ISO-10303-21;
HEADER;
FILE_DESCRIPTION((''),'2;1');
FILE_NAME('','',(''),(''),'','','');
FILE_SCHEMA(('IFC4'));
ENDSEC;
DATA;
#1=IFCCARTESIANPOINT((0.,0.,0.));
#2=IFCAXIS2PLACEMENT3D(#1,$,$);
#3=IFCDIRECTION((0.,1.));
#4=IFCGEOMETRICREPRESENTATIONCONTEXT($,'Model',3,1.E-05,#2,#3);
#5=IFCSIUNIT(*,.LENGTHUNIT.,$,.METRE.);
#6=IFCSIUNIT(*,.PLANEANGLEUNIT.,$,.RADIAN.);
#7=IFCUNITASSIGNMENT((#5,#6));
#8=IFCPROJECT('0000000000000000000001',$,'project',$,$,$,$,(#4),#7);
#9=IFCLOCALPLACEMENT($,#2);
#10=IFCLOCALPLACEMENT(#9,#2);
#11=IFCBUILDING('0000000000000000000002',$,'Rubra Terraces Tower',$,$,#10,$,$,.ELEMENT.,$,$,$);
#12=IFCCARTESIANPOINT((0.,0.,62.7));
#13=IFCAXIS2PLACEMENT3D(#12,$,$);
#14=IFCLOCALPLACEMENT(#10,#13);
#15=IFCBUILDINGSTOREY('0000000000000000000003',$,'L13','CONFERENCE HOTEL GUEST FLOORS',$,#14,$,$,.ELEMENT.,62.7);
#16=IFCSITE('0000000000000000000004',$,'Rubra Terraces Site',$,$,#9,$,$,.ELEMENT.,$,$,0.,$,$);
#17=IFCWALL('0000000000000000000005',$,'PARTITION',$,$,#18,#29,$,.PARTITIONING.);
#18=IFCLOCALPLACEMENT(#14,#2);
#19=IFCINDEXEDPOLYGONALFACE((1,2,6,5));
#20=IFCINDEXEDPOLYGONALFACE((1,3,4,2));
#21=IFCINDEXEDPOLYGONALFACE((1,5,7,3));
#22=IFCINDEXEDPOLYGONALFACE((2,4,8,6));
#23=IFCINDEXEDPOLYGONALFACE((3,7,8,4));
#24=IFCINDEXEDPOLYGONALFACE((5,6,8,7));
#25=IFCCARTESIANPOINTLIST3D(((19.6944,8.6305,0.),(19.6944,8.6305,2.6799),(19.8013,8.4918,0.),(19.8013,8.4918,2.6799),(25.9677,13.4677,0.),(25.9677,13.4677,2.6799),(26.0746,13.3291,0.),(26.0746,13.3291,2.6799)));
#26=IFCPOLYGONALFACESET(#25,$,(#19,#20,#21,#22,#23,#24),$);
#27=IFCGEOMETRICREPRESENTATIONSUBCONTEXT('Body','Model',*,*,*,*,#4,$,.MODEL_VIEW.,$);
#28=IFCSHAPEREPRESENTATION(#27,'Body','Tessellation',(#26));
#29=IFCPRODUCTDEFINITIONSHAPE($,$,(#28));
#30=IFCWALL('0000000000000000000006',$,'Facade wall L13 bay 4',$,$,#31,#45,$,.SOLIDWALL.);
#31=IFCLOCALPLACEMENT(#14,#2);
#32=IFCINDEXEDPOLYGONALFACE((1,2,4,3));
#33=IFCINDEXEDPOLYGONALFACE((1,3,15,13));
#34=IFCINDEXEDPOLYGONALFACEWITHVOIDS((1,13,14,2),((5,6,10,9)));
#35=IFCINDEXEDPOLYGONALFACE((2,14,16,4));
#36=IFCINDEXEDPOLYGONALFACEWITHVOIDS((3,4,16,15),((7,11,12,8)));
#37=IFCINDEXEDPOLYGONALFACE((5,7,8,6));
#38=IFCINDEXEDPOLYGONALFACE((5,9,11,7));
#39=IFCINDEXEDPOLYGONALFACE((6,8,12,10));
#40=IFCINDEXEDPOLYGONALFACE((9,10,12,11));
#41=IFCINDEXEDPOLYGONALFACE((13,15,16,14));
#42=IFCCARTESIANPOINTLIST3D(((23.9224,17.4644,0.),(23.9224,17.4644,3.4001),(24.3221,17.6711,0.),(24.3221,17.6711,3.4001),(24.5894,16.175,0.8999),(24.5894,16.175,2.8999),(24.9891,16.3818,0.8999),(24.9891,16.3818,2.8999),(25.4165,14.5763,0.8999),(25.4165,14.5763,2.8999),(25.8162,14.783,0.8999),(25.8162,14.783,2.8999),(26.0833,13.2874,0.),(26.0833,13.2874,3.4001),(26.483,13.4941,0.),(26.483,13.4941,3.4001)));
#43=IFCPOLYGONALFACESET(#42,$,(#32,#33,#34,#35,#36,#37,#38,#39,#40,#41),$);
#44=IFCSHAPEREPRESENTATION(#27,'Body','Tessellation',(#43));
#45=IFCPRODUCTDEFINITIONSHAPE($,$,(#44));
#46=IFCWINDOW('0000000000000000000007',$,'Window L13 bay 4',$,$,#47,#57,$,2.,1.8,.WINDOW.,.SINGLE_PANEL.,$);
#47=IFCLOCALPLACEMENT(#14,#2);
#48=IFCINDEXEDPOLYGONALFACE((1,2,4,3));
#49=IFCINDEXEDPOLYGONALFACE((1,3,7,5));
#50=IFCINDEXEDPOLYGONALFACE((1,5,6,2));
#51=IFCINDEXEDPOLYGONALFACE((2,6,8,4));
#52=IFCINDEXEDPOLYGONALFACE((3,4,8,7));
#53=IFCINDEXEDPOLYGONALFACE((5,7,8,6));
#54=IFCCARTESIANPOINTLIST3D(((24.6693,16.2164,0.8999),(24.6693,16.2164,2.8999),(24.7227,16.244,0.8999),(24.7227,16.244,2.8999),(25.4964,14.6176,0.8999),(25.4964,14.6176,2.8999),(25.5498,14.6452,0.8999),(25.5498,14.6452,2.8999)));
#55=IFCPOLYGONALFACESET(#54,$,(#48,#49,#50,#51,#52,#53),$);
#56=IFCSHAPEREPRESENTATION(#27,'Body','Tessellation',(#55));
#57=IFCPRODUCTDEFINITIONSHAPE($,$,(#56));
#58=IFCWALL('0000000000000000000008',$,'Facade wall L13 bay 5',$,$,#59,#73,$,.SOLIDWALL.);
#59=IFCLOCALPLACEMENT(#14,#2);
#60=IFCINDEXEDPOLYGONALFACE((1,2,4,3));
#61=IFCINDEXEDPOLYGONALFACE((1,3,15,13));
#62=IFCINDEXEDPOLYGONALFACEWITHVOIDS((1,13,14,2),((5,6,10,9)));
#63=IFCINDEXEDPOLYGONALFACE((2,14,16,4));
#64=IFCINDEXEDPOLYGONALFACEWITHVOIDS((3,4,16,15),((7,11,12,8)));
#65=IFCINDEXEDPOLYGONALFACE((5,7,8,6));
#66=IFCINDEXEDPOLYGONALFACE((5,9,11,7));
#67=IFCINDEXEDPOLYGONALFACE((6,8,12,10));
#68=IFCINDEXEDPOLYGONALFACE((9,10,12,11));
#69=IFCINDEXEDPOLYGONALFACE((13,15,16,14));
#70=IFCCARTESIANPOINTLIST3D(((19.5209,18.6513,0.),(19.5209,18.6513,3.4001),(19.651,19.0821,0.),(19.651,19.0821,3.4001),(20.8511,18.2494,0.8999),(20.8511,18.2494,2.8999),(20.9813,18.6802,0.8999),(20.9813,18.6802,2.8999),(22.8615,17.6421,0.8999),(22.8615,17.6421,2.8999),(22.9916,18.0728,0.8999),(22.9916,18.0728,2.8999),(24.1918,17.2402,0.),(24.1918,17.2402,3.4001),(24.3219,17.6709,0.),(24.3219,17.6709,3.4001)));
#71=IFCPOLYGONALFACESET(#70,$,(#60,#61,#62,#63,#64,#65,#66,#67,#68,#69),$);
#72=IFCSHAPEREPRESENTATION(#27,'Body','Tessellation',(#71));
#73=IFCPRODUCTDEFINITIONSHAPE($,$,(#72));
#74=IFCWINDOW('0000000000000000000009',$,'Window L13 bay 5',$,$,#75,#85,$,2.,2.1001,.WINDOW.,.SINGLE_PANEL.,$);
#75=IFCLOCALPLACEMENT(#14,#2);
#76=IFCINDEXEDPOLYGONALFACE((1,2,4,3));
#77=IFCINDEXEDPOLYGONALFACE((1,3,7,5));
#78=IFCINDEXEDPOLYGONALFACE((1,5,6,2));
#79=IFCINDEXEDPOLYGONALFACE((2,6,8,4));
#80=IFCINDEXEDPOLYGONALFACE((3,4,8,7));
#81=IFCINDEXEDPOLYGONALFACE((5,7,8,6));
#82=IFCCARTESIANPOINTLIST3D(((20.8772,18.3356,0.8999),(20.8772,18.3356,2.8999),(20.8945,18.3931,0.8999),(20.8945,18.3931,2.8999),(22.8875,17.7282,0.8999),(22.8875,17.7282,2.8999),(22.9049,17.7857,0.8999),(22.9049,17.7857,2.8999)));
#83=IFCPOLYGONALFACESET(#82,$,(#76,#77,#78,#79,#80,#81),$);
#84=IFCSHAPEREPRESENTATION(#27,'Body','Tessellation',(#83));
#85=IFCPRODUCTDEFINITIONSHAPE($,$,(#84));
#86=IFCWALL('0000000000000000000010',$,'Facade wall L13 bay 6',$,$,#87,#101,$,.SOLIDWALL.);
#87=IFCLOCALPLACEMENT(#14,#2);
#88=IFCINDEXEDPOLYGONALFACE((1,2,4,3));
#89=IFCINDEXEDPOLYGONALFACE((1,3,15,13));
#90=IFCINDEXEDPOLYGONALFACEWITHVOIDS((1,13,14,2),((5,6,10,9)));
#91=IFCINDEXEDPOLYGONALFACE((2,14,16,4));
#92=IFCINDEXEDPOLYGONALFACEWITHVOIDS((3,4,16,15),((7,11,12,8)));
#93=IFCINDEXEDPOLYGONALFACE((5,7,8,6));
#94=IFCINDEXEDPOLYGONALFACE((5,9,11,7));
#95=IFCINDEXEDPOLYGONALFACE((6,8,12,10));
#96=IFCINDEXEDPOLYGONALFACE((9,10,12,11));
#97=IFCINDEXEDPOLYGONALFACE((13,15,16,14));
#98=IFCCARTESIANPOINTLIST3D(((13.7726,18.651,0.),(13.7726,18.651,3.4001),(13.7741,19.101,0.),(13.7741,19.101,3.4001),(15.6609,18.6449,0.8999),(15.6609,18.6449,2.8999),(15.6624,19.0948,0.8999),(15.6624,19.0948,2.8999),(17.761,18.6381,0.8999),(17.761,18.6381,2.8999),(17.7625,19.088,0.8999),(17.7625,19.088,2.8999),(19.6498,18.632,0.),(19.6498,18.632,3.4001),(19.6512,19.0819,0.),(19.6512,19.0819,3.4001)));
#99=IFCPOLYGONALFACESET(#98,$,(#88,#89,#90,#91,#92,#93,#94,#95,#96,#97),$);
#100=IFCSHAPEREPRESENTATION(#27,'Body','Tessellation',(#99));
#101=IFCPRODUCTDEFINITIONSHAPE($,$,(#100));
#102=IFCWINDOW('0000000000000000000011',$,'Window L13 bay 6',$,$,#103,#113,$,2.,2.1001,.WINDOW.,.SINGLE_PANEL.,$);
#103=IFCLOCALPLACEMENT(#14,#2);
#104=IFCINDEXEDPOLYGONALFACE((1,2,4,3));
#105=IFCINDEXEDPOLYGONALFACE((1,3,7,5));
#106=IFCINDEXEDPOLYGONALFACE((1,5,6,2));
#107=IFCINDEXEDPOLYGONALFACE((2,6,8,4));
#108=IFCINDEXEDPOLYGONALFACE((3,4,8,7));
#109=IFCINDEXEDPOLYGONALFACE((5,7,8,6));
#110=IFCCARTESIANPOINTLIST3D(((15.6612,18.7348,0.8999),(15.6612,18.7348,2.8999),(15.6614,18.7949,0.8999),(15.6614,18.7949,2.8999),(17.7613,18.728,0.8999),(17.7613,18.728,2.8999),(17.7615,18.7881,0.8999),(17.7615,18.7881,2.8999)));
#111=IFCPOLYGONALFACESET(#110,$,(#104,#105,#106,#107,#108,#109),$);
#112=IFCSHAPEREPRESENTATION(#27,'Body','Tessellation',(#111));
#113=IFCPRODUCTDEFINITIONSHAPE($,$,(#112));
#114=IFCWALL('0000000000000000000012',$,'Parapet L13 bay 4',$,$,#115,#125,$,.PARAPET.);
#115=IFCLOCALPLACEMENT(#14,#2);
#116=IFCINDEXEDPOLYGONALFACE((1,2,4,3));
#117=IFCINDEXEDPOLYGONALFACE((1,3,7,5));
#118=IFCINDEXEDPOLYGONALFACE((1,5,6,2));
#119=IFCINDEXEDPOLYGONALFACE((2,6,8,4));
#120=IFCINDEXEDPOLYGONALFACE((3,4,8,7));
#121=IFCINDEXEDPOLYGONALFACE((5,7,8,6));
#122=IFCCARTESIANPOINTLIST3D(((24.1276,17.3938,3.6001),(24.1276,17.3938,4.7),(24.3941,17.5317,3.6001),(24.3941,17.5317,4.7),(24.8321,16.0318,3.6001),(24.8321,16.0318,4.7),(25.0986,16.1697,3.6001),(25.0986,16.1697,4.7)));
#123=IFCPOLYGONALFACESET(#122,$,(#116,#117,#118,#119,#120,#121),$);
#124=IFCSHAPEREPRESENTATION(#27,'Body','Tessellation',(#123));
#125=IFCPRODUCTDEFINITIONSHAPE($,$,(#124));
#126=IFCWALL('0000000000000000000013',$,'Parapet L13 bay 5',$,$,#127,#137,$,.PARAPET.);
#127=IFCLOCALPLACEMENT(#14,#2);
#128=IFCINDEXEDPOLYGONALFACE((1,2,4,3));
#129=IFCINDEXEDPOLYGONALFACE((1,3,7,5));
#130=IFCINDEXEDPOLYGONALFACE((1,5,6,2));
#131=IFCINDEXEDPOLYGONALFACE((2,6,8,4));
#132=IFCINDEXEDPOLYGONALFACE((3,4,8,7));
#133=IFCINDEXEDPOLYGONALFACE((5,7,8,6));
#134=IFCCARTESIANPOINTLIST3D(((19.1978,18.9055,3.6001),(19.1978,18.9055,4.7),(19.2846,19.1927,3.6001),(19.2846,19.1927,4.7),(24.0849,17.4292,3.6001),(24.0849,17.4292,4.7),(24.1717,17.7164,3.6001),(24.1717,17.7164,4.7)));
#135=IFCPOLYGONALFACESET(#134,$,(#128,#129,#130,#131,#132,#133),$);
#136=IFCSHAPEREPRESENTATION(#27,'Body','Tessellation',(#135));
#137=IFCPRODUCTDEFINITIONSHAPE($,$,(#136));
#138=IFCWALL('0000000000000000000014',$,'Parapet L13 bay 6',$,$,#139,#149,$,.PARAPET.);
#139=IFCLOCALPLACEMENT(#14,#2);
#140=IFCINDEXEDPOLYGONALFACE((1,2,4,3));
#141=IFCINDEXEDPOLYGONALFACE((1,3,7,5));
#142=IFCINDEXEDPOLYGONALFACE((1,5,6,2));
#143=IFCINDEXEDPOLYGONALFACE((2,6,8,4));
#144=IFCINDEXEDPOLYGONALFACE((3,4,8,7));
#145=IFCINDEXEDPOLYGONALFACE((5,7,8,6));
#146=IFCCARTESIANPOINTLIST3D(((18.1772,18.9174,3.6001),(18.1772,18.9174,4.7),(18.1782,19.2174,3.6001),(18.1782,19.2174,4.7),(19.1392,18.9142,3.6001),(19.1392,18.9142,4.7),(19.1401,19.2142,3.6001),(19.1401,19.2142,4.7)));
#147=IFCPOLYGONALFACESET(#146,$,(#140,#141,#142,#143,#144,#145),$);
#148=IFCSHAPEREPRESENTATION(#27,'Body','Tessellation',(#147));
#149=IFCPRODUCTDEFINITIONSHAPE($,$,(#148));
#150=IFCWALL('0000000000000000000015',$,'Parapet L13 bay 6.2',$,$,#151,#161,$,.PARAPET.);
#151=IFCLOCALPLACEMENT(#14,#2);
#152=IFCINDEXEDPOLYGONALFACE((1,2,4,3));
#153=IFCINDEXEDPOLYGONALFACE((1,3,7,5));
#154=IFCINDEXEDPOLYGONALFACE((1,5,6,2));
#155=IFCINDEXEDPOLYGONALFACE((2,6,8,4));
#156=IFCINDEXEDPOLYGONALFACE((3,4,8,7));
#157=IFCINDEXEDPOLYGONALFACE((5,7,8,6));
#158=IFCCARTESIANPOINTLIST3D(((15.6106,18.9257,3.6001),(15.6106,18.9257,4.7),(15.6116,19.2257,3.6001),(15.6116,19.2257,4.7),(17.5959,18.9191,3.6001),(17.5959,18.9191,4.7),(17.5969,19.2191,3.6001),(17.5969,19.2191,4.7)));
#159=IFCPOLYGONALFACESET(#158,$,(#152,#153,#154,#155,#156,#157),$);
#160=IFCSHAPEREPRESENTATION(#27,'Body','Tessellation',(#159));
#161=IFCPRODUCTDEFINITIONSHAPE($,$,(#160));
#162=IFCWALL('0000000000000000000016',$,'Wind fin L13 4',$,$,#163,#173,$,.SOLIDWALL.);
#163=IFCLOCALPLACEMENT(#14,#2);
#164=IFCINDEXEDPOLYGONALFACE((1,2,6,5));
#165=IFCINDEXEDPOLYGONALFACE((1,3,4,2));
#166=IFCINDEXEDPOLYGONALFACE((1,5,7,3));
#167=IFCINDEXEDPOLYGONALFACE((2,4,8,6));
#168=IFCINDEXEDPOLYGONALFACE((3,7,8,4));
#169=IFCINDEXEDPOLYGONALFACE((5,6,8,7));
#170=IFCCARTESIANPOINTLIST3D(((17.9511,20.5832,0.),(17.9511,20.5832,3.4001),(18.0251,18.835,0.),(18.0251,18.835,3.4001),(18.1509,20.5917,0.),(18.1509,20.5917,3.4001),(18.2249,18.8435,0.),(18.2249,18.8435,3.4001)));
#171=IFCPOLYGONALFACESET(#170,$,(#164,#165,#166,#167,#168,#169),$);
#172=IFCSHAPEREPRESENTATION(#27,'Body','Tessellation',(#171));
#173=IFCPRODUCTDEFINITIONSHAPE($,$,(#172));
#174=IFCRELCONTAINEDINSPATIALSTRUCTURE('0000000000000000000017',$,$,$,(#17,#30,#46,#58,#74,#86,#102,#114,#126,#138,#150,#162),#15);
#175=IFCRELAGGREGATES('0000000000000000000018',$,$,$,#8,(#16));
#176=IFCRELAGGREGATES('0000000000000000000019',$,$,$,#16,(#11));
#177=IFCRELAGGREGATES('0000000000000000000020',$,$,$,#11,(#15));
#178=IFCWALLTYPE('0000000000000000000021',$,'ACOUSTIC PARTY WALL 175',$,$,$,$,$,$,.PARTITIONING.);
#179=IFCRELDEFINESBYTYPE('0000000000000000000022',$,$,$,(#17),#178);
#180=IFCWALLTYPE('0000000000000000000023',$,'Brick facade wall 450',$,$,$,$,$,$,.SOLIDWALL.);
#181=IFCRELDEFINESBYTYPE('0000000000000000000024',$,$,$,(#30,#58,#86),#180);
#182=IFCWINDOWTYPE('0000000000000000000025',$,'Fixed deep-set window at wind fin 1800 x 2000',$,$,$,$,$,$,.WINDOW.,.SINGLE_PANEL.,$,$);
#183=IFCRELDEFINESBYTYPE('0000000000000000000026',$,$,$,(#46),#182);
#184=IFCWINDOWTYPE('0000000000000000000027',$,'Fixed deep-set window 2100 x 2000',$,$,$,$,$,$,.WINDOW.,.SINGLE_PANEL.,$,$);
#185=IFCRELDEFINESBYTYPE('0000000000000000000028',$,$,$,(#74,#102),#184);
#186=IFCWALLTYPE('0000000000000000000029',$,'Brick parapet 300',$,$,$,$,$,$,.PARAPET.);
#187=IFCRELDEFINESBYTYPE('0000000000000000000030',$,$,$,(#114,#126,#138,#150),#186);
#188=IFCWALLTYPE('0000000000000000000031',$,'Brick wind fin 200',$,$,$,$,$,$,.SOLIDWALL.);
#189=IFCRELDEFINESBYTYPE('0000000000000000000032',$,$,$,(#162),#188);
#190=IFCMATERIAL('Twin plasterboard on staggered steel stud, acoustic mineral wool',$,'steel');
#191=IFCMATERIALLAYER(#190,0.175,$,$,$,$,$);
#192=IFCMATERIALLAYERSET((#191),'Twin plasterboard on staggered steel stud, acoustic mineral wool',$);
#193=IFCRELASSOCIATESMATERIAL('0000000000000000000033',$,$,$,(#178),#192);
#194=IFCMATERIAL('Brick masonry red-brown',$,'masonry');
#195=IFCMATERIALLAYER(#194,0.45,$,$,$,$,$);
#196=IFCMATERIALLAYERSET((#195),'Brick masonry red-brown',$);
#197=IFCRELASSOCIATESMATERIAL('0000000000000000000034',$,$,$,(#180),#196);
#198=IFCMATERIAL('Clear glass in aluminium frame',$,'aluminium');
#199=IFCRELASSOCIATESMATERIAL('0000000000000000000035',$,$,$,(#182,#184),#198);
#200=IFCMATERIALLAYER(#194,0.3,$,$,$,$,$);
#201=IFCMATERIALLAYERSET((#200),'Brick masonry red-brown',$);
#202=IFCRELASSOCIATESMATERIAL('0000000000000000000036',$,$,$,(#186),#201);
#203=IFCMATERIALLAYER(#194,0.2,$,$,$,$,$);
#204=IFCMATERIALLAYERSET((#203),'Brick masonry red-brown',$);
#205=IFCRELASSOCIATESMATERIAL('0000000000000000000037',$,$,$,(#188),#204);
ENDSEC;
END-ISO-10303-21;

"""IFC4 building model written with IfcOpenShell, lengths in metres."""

from ifc_helpers import new_model, si_unit, direction, frame, frame_2d, origin, place, context, subcontext, project, spatial, rectangle, extrude, material, layer, layer_set, type_object, element, fill, save


model = new_model("IFC4")

# Units and contexts
model_context = context("Model", 3, precision=1e-05, world=origin(), true_north=direction((0.0, 1.0)))
body_context = subcontext(model_context, "Body", "Model", "MODEL_VIEW")
ifc_project = project(units=[si_unit("LENGTHUNIT", "METRE"), si_unit("PLANEANGLEUNIT", "RADIAN")], contexts=[model_context])

# Site, building, storey
site_placement = place(None, origin())
site = spatial("IfcSite", under=ifc_project, at=site_placement, Name="Rubra Terraces Site", CompositionType="ELEMENT", RefElevation=0.0)
building_placement = place(site_placement, origin())
building = spatial("IfcBuilding", under=site, at=building_placement, Name="Rubra Terraces Tower", CompositionType="ELEMENT")
storey_placement = place(building_placement, frame((0.0, 0.0, 62.7)))
storey = spatial("IfcBuildingStorey", under=building, at=storey_placement, Name="L13", Description="CONFERENCE HOTEL GUEST FLOORS", CompositionType="ELEMENT", Elevation=62.7)

# Wall
ifc_material_1 = material(Name="Twin plasterboard on staggered steel stud, acoustic mineral wool", Category="steel")
ifc_layer_1 = layer(ifc_material_1, 0.175)
ifc_layer_set_1 = layer_set([ifc_layer_1], Name="Twin plasterboard on staggered steel stud, acoustic mineral wool")
wall_type_1 = type_object("IfcWallType", Name="ACOUSTIC PARTY WALL 175", PredefinedType="PARTITIONING", material=ifc_layer_set_1)
wall_1_placement = place(storey_placement, frame((26.0212, 13.3984, 0.0), z_axis=(0.0, 0.0, 1.0), x_axis=(-0.791914, -0.610632, 0.0)))
element("IfcWall", 1, at=wall_1_placement, inside=storey, type_object=wall_type_1, Name="PARTITION", PredefinedType="PARTITIONING", context=body_context, shape_type="SweptSolid", body=[
    extrude(rectangle(XDim=7.9216, YDim=0.175, at=frame_2d((3.9609, 0.0))), origin(), (0.0, 0.0, 1.0), 2.6799),
])

# Walls, openings, windows
ifc_material_2 = material(Name="Brick masonry red-brown", Category="masonry")
ifc_layer_2 = layer(ifc_material_2, 0.45)
ifc_layer_set_2 = layer_set([ifc_layer_2], Name="Brick masonry red-brown")
wall_type_2 = type_object("IfcWallType", Name="Brick facade wall 450", PredefinedType="SOLIDWALL", material=ifc_layer_set_2)
wall_2_placement = place(storey_placement, frame((26.2832, 13.3906, 0.0), z_axis=(0.0, 0.0, 1.0), x_axis=(-0.459485, 0.888185, 0.0)))
wall_2 = element("IfcWall", 2, at=wall_2_placement, inside=storey, type_object=wall_type_2, Name="Facade wall L13 bay 4", PredefinedType="SOLIDWALL", context=body_context, shape_type="SweptSolid", body=[
    extrude(rectangle(XDim=4.7029, YDim=0.45, at=frame_2d((2.3516, 0.0))), origin(), (0.0, 0.0, 1.0), 3.4001),
])
opening_1_placement = place(wall_2_placement, frame((1.4514, 0.0, 0.8999)))
opening_1 = element("IfcOpeningElement", 3, at=opening_1_placement, cuts=wall_2, PredefinedType="OPENING", context=body_context, shape_type="SweptSolid", body=[
    extrude(rectangle(XDim=1.8, YDim=2.0, at=frame_2d((0.8999, 1.0))), frame((0.0, 0.2349, 0.0), z_axis=(0.0, -1.0, 0.0), x_axis=(1.0, 0.0, 0.0)), (0.0, 0.0, 1.0), 0.47),
])
ifc_material_3 = material(Name="Clear glass in aluminium frame", Category="aluminium")
window_type_1 = type_object("IfcWindowType", Name="Fixed deep-set window at wind fin 1800 x 2000", PartitioningType="SINGLE_PANEL", PredefinedType="WINDOW", material=ifc_material_3)
window_1_placement = place(opening_1_placement, origin())
window_1 = element("IfcWindow", 4, at=window_1_placement, inside=storey, type_object=window_type_1, Name="Window L13 bay 4", OverallHeight=2.0, OverallWidth=1.8, PartitioningType="SINGLE_PANEL", PredefinedType="WINDOW", context=body_context, shape_type="SweptSolid", body=[
    extrude(rectangle(XDim=1.8, YDim=2.0, at=frame_2d((0.8999, 1.0))), frame((0.0, 0.135, 0.0), z_axis=(0.0, -1.0, 0.0), x_axis=(1.0, 0.0, 0.0)), (0.0, 0.0, 1.0), 0.0601),
])
fill(opening_1, window_1)
wall_3_placement = place(storey_placement, frame((24.2568, 17.4556, 0.0), z_axis=(0.0, 0.0, 1.0), x_axis=(-0.957268, 0.289202, 0.0)))
wall_3 = element("IfcWall", 5, at=wall_3_placement, inside=storey, type_object=wall_type_2, Name="Facade wall L13 bay 5", PredefinedType="SOLIDWALL", context=body_context, shape_type="SweptSolid", body=[
    extrude(rectangle(XDim=4.8794, YDim=0.45, at=frame_2d((2.4397, 0.0))), origin(), (0.0, 0.0, 1.0), 3.4001),
])
opening_2_placement = place(wall_3_placement, frame((1.3896, 0.0, 0.8999)))
opening_2 = element("IfcOpeningElement", 6, at=opening_2_placement, cuts=wall_3, PredefinedType="OPENING", context=body_context, shape_type="SweptSolid", body=[
    extrude(rectangle(XDim=2.1001, YDim=2.0, at=frame_2d((1.05, 1.0))), frame((0.0, 0.2349, 0.0), z_axis=(0.0, -1.0, 0.0), x_axis=(1.0, 0.0, 0.0)), (0.0, 0.0, 1.0), 0.47),
])
window_type_2 = type_object("IfcWindowType", Name="Fixed deep-set window 2100 x 2000", PartitioningType="SINGLE_PANEL", PredefinedType="WINDOW", material=ifc_material_3)
window_2_placement = place(opening_2_placement, origin())
window_2 = element("IfcWindow", 7, at=window_2_placement, inside=storey, type_object=window_type_2, Name="Window L13 bay 5", OverallHeight=2.0, OverallWidth=2.1001, PartitioningType="SINGLE_PANEL", PredefinedType="WINDOW", context=body_context, shape_type="SweptSolid", body=[
    extrude(rectangle(XDim=2.1001, YDim=2.0, at=frame_2d((1.05, 1.0))), frame((0.0, 0.135, 0.0), z_axis=(0.0, -1.0, 0.0), x_axis=(1.0, 0.0, 0.0)), (0.0, 0.0, 1.0), 0.0601),
])
fill(opening_2, window_2)
wall_4_placement = place(storey_placement, frame((19.6504, 18.8569, 0.0), z_axis=(0.0, 0.0, 1.0), x_axis=(-0.999995, 0.00324, 0.0)))
wall_4 = element("IfcWall", 8, at=wall_4_placement, inside=storey, type_object=wall_type_2, Name="Facade wall L13 bay 6", PredefinedType="SOLIDWALL", context=body_context, shape_type="SweptSolid", body=[
    extrude(rectangle(XDim=5.8772, YDim=0.45, at=frame_2d((2.9385, 0.0))), origin(), (0.0, 0.0, 1.0), 3.4001),
])
opening_3_placement = place(wall_4_placement, frame((1.8887, 0.0, 0.8999)))
opening_3 = element("IfcOpeningElement", 9, at=opening_3_placement, cuts=wall_4, PredefinedType="OPENING", context=body_context, shape_type="SweptSolid", body=[
    extrude(rectangle(XDim=2.1001, YDim=2.0, at=frame_2d((1.05, 1.0))), frame((0.0, 0.2349, 0.0), z_axis=(0.0, -1.0, 0.0), x_axis=(1.0, 0.0, 0.0)), (0.0, 0.0, 1.0), 0.47),
])
window_3_placement = place(opening_3_placement, origin())
window_3 = element("IfcWindow", 10, at=window_3_placement, inside=storey, type_object=window_type_2, Name="Window L13 bay 6", OverallHeight=2.0, OverallWidth=2.1001, PartitioningType="SINGLE_PANEL", PredefinedType="WINDOW", context=body_context, shape_type="SweptSolid", body=[
    extrude(rectangle(XDim=2.1001, YDim=2.0, at=frame_2d((1.05, 1.0))), frame((0.0, 0.135, 0.0), z_axis=(0.0, -1.0, 0.0), x_axis=(1.0, 0.0, 0.0)), (0.0, 0.0, 1.0), 0.0601),
])
fill(opening_3, window_3)

# Walls
ifc_layer_3 = layer(ifc_material_2, 0.3)
ifc_layer_set_3 = layer_set([ifc_layer_3], Name="Brick masonry red-brown")
wall_type_3 = type_object("IfcWallType", Name="Brick parapet 300", PredefinedType="PARAPET", material=ifc_layer_set_3)
wall_5_placement = place(storey_placement, frame((24.9653, 16.1008, 3.6001), z_axis=(0.0, 0.0, 1.0), x_axis=(-0.459462, 0.888197, 0.0)))
element("IfcWall", 11, at=wall_5_placement, inside=storey, type_object=wall_type_3, Name="Parapet L13 bay 4", PredefinedType="PARAPET", context=body_context, shape_type="SweptSolid", body=[
    extrude(rectangle(XDim=1.5334, YDim=0.3, at=frame_2d((0.7666, 0.0))), origin(), (0.0, 0.0, 1.0), 1.0999),
])
wall_6_placement = place(storey_placement, frame((24.1284, 17.5728, 3.6001), z_axis=(0.0, 0.0, 1.0), x_axis=(-0.957277, 0.289172, 0.0)))
element("IfcWall", 12, at=wall_6_placement, inside=storey, type_object=wall_type_3, Name="Parapet L13 bay 5", PredefinedType="PARAPET", context=body_context, shape_type="SweptSolid", body=[
    extrude(rectangle(XDim=5.1052, YDim=0.3, at=frame_2d((2.5527, 0.0))), origin(), (0.0, 0.0, 1.0), 1.0999),
])
wall_7_placement = place(storey_placement, frame((19.1396, 19.0642, 3.6001), z_axis=(0.0, 0.0, 1.0), x_axis=(-0.999995, 0.003299, 0.0)))
element("IfcWall", 13, at=wall_7_placement, inside=storey, type_object=wall_type_3, Name="Parapet L13 bay 6", PredefinedType="PARAPET", context=body_context, shape_type="SweptSolid", body=[
    extrude(rectangle(XDim=0.9619, YDim=0.3, at=frame_2d((0.481, 0.0))), origin(), (0.0, 0.0, 1.0), 1.0999),
])
wall_8_placement = place(storey_placement, frame((17.5964, 19.0691, 3.6001), z_axis=(0.0, 0.0, 1.0), x_axis=(-0.999994, 0.00332, 0.0)))
element("IfcWall", 14, at=wall_8_placement, inside=storey, type_object=wall_type_3, Name="Parapet L13 bay 6.2", PredefinedType="PARAPET", context=body_context, shape_type="SweptSolid", body=[
    extrude(rectangle(XDim=1.9854, YDim=0.3, at=frame_2d((0.9927, 0.0))), origin(), (0.0, 0.0, 1.0), 1.0999),
])
ifc_layer_4 = layer(ifc_material_2, 0.2)
ifc_layer_set_4 = layer_set([ifc_layer_4], Name="Brick masonry red-brown")
wall_type_4 = type_object("IfcWallType", Name="Brick wind fin 200", PredefinedType="SOLIDWALL", material=ifc_layer_set_4)
wall_9_placement = place(storey_placement, frame((18.125, 18.8391, 0.0), z_axis=(0.0, 0.0, 1.0), x_axis=(-0.042275, 0.999106, 0.0)))
element("IfcWall", 15, at=wall_9_placement, inside=storey, type_object=wall_type_4, Name="Wind fin L13 4", PredefinedType="SOLIDWALL", context=body_context, shape_type="SweptSolid", body=[
    extrude(rectangle(XDim=1.7498, YDim=0.2, at=frame_2d((0.875, 0.0))), origin(), (0.0, 0.0, 1.0), 3.4001),
])

save(model, "model.ifc")
